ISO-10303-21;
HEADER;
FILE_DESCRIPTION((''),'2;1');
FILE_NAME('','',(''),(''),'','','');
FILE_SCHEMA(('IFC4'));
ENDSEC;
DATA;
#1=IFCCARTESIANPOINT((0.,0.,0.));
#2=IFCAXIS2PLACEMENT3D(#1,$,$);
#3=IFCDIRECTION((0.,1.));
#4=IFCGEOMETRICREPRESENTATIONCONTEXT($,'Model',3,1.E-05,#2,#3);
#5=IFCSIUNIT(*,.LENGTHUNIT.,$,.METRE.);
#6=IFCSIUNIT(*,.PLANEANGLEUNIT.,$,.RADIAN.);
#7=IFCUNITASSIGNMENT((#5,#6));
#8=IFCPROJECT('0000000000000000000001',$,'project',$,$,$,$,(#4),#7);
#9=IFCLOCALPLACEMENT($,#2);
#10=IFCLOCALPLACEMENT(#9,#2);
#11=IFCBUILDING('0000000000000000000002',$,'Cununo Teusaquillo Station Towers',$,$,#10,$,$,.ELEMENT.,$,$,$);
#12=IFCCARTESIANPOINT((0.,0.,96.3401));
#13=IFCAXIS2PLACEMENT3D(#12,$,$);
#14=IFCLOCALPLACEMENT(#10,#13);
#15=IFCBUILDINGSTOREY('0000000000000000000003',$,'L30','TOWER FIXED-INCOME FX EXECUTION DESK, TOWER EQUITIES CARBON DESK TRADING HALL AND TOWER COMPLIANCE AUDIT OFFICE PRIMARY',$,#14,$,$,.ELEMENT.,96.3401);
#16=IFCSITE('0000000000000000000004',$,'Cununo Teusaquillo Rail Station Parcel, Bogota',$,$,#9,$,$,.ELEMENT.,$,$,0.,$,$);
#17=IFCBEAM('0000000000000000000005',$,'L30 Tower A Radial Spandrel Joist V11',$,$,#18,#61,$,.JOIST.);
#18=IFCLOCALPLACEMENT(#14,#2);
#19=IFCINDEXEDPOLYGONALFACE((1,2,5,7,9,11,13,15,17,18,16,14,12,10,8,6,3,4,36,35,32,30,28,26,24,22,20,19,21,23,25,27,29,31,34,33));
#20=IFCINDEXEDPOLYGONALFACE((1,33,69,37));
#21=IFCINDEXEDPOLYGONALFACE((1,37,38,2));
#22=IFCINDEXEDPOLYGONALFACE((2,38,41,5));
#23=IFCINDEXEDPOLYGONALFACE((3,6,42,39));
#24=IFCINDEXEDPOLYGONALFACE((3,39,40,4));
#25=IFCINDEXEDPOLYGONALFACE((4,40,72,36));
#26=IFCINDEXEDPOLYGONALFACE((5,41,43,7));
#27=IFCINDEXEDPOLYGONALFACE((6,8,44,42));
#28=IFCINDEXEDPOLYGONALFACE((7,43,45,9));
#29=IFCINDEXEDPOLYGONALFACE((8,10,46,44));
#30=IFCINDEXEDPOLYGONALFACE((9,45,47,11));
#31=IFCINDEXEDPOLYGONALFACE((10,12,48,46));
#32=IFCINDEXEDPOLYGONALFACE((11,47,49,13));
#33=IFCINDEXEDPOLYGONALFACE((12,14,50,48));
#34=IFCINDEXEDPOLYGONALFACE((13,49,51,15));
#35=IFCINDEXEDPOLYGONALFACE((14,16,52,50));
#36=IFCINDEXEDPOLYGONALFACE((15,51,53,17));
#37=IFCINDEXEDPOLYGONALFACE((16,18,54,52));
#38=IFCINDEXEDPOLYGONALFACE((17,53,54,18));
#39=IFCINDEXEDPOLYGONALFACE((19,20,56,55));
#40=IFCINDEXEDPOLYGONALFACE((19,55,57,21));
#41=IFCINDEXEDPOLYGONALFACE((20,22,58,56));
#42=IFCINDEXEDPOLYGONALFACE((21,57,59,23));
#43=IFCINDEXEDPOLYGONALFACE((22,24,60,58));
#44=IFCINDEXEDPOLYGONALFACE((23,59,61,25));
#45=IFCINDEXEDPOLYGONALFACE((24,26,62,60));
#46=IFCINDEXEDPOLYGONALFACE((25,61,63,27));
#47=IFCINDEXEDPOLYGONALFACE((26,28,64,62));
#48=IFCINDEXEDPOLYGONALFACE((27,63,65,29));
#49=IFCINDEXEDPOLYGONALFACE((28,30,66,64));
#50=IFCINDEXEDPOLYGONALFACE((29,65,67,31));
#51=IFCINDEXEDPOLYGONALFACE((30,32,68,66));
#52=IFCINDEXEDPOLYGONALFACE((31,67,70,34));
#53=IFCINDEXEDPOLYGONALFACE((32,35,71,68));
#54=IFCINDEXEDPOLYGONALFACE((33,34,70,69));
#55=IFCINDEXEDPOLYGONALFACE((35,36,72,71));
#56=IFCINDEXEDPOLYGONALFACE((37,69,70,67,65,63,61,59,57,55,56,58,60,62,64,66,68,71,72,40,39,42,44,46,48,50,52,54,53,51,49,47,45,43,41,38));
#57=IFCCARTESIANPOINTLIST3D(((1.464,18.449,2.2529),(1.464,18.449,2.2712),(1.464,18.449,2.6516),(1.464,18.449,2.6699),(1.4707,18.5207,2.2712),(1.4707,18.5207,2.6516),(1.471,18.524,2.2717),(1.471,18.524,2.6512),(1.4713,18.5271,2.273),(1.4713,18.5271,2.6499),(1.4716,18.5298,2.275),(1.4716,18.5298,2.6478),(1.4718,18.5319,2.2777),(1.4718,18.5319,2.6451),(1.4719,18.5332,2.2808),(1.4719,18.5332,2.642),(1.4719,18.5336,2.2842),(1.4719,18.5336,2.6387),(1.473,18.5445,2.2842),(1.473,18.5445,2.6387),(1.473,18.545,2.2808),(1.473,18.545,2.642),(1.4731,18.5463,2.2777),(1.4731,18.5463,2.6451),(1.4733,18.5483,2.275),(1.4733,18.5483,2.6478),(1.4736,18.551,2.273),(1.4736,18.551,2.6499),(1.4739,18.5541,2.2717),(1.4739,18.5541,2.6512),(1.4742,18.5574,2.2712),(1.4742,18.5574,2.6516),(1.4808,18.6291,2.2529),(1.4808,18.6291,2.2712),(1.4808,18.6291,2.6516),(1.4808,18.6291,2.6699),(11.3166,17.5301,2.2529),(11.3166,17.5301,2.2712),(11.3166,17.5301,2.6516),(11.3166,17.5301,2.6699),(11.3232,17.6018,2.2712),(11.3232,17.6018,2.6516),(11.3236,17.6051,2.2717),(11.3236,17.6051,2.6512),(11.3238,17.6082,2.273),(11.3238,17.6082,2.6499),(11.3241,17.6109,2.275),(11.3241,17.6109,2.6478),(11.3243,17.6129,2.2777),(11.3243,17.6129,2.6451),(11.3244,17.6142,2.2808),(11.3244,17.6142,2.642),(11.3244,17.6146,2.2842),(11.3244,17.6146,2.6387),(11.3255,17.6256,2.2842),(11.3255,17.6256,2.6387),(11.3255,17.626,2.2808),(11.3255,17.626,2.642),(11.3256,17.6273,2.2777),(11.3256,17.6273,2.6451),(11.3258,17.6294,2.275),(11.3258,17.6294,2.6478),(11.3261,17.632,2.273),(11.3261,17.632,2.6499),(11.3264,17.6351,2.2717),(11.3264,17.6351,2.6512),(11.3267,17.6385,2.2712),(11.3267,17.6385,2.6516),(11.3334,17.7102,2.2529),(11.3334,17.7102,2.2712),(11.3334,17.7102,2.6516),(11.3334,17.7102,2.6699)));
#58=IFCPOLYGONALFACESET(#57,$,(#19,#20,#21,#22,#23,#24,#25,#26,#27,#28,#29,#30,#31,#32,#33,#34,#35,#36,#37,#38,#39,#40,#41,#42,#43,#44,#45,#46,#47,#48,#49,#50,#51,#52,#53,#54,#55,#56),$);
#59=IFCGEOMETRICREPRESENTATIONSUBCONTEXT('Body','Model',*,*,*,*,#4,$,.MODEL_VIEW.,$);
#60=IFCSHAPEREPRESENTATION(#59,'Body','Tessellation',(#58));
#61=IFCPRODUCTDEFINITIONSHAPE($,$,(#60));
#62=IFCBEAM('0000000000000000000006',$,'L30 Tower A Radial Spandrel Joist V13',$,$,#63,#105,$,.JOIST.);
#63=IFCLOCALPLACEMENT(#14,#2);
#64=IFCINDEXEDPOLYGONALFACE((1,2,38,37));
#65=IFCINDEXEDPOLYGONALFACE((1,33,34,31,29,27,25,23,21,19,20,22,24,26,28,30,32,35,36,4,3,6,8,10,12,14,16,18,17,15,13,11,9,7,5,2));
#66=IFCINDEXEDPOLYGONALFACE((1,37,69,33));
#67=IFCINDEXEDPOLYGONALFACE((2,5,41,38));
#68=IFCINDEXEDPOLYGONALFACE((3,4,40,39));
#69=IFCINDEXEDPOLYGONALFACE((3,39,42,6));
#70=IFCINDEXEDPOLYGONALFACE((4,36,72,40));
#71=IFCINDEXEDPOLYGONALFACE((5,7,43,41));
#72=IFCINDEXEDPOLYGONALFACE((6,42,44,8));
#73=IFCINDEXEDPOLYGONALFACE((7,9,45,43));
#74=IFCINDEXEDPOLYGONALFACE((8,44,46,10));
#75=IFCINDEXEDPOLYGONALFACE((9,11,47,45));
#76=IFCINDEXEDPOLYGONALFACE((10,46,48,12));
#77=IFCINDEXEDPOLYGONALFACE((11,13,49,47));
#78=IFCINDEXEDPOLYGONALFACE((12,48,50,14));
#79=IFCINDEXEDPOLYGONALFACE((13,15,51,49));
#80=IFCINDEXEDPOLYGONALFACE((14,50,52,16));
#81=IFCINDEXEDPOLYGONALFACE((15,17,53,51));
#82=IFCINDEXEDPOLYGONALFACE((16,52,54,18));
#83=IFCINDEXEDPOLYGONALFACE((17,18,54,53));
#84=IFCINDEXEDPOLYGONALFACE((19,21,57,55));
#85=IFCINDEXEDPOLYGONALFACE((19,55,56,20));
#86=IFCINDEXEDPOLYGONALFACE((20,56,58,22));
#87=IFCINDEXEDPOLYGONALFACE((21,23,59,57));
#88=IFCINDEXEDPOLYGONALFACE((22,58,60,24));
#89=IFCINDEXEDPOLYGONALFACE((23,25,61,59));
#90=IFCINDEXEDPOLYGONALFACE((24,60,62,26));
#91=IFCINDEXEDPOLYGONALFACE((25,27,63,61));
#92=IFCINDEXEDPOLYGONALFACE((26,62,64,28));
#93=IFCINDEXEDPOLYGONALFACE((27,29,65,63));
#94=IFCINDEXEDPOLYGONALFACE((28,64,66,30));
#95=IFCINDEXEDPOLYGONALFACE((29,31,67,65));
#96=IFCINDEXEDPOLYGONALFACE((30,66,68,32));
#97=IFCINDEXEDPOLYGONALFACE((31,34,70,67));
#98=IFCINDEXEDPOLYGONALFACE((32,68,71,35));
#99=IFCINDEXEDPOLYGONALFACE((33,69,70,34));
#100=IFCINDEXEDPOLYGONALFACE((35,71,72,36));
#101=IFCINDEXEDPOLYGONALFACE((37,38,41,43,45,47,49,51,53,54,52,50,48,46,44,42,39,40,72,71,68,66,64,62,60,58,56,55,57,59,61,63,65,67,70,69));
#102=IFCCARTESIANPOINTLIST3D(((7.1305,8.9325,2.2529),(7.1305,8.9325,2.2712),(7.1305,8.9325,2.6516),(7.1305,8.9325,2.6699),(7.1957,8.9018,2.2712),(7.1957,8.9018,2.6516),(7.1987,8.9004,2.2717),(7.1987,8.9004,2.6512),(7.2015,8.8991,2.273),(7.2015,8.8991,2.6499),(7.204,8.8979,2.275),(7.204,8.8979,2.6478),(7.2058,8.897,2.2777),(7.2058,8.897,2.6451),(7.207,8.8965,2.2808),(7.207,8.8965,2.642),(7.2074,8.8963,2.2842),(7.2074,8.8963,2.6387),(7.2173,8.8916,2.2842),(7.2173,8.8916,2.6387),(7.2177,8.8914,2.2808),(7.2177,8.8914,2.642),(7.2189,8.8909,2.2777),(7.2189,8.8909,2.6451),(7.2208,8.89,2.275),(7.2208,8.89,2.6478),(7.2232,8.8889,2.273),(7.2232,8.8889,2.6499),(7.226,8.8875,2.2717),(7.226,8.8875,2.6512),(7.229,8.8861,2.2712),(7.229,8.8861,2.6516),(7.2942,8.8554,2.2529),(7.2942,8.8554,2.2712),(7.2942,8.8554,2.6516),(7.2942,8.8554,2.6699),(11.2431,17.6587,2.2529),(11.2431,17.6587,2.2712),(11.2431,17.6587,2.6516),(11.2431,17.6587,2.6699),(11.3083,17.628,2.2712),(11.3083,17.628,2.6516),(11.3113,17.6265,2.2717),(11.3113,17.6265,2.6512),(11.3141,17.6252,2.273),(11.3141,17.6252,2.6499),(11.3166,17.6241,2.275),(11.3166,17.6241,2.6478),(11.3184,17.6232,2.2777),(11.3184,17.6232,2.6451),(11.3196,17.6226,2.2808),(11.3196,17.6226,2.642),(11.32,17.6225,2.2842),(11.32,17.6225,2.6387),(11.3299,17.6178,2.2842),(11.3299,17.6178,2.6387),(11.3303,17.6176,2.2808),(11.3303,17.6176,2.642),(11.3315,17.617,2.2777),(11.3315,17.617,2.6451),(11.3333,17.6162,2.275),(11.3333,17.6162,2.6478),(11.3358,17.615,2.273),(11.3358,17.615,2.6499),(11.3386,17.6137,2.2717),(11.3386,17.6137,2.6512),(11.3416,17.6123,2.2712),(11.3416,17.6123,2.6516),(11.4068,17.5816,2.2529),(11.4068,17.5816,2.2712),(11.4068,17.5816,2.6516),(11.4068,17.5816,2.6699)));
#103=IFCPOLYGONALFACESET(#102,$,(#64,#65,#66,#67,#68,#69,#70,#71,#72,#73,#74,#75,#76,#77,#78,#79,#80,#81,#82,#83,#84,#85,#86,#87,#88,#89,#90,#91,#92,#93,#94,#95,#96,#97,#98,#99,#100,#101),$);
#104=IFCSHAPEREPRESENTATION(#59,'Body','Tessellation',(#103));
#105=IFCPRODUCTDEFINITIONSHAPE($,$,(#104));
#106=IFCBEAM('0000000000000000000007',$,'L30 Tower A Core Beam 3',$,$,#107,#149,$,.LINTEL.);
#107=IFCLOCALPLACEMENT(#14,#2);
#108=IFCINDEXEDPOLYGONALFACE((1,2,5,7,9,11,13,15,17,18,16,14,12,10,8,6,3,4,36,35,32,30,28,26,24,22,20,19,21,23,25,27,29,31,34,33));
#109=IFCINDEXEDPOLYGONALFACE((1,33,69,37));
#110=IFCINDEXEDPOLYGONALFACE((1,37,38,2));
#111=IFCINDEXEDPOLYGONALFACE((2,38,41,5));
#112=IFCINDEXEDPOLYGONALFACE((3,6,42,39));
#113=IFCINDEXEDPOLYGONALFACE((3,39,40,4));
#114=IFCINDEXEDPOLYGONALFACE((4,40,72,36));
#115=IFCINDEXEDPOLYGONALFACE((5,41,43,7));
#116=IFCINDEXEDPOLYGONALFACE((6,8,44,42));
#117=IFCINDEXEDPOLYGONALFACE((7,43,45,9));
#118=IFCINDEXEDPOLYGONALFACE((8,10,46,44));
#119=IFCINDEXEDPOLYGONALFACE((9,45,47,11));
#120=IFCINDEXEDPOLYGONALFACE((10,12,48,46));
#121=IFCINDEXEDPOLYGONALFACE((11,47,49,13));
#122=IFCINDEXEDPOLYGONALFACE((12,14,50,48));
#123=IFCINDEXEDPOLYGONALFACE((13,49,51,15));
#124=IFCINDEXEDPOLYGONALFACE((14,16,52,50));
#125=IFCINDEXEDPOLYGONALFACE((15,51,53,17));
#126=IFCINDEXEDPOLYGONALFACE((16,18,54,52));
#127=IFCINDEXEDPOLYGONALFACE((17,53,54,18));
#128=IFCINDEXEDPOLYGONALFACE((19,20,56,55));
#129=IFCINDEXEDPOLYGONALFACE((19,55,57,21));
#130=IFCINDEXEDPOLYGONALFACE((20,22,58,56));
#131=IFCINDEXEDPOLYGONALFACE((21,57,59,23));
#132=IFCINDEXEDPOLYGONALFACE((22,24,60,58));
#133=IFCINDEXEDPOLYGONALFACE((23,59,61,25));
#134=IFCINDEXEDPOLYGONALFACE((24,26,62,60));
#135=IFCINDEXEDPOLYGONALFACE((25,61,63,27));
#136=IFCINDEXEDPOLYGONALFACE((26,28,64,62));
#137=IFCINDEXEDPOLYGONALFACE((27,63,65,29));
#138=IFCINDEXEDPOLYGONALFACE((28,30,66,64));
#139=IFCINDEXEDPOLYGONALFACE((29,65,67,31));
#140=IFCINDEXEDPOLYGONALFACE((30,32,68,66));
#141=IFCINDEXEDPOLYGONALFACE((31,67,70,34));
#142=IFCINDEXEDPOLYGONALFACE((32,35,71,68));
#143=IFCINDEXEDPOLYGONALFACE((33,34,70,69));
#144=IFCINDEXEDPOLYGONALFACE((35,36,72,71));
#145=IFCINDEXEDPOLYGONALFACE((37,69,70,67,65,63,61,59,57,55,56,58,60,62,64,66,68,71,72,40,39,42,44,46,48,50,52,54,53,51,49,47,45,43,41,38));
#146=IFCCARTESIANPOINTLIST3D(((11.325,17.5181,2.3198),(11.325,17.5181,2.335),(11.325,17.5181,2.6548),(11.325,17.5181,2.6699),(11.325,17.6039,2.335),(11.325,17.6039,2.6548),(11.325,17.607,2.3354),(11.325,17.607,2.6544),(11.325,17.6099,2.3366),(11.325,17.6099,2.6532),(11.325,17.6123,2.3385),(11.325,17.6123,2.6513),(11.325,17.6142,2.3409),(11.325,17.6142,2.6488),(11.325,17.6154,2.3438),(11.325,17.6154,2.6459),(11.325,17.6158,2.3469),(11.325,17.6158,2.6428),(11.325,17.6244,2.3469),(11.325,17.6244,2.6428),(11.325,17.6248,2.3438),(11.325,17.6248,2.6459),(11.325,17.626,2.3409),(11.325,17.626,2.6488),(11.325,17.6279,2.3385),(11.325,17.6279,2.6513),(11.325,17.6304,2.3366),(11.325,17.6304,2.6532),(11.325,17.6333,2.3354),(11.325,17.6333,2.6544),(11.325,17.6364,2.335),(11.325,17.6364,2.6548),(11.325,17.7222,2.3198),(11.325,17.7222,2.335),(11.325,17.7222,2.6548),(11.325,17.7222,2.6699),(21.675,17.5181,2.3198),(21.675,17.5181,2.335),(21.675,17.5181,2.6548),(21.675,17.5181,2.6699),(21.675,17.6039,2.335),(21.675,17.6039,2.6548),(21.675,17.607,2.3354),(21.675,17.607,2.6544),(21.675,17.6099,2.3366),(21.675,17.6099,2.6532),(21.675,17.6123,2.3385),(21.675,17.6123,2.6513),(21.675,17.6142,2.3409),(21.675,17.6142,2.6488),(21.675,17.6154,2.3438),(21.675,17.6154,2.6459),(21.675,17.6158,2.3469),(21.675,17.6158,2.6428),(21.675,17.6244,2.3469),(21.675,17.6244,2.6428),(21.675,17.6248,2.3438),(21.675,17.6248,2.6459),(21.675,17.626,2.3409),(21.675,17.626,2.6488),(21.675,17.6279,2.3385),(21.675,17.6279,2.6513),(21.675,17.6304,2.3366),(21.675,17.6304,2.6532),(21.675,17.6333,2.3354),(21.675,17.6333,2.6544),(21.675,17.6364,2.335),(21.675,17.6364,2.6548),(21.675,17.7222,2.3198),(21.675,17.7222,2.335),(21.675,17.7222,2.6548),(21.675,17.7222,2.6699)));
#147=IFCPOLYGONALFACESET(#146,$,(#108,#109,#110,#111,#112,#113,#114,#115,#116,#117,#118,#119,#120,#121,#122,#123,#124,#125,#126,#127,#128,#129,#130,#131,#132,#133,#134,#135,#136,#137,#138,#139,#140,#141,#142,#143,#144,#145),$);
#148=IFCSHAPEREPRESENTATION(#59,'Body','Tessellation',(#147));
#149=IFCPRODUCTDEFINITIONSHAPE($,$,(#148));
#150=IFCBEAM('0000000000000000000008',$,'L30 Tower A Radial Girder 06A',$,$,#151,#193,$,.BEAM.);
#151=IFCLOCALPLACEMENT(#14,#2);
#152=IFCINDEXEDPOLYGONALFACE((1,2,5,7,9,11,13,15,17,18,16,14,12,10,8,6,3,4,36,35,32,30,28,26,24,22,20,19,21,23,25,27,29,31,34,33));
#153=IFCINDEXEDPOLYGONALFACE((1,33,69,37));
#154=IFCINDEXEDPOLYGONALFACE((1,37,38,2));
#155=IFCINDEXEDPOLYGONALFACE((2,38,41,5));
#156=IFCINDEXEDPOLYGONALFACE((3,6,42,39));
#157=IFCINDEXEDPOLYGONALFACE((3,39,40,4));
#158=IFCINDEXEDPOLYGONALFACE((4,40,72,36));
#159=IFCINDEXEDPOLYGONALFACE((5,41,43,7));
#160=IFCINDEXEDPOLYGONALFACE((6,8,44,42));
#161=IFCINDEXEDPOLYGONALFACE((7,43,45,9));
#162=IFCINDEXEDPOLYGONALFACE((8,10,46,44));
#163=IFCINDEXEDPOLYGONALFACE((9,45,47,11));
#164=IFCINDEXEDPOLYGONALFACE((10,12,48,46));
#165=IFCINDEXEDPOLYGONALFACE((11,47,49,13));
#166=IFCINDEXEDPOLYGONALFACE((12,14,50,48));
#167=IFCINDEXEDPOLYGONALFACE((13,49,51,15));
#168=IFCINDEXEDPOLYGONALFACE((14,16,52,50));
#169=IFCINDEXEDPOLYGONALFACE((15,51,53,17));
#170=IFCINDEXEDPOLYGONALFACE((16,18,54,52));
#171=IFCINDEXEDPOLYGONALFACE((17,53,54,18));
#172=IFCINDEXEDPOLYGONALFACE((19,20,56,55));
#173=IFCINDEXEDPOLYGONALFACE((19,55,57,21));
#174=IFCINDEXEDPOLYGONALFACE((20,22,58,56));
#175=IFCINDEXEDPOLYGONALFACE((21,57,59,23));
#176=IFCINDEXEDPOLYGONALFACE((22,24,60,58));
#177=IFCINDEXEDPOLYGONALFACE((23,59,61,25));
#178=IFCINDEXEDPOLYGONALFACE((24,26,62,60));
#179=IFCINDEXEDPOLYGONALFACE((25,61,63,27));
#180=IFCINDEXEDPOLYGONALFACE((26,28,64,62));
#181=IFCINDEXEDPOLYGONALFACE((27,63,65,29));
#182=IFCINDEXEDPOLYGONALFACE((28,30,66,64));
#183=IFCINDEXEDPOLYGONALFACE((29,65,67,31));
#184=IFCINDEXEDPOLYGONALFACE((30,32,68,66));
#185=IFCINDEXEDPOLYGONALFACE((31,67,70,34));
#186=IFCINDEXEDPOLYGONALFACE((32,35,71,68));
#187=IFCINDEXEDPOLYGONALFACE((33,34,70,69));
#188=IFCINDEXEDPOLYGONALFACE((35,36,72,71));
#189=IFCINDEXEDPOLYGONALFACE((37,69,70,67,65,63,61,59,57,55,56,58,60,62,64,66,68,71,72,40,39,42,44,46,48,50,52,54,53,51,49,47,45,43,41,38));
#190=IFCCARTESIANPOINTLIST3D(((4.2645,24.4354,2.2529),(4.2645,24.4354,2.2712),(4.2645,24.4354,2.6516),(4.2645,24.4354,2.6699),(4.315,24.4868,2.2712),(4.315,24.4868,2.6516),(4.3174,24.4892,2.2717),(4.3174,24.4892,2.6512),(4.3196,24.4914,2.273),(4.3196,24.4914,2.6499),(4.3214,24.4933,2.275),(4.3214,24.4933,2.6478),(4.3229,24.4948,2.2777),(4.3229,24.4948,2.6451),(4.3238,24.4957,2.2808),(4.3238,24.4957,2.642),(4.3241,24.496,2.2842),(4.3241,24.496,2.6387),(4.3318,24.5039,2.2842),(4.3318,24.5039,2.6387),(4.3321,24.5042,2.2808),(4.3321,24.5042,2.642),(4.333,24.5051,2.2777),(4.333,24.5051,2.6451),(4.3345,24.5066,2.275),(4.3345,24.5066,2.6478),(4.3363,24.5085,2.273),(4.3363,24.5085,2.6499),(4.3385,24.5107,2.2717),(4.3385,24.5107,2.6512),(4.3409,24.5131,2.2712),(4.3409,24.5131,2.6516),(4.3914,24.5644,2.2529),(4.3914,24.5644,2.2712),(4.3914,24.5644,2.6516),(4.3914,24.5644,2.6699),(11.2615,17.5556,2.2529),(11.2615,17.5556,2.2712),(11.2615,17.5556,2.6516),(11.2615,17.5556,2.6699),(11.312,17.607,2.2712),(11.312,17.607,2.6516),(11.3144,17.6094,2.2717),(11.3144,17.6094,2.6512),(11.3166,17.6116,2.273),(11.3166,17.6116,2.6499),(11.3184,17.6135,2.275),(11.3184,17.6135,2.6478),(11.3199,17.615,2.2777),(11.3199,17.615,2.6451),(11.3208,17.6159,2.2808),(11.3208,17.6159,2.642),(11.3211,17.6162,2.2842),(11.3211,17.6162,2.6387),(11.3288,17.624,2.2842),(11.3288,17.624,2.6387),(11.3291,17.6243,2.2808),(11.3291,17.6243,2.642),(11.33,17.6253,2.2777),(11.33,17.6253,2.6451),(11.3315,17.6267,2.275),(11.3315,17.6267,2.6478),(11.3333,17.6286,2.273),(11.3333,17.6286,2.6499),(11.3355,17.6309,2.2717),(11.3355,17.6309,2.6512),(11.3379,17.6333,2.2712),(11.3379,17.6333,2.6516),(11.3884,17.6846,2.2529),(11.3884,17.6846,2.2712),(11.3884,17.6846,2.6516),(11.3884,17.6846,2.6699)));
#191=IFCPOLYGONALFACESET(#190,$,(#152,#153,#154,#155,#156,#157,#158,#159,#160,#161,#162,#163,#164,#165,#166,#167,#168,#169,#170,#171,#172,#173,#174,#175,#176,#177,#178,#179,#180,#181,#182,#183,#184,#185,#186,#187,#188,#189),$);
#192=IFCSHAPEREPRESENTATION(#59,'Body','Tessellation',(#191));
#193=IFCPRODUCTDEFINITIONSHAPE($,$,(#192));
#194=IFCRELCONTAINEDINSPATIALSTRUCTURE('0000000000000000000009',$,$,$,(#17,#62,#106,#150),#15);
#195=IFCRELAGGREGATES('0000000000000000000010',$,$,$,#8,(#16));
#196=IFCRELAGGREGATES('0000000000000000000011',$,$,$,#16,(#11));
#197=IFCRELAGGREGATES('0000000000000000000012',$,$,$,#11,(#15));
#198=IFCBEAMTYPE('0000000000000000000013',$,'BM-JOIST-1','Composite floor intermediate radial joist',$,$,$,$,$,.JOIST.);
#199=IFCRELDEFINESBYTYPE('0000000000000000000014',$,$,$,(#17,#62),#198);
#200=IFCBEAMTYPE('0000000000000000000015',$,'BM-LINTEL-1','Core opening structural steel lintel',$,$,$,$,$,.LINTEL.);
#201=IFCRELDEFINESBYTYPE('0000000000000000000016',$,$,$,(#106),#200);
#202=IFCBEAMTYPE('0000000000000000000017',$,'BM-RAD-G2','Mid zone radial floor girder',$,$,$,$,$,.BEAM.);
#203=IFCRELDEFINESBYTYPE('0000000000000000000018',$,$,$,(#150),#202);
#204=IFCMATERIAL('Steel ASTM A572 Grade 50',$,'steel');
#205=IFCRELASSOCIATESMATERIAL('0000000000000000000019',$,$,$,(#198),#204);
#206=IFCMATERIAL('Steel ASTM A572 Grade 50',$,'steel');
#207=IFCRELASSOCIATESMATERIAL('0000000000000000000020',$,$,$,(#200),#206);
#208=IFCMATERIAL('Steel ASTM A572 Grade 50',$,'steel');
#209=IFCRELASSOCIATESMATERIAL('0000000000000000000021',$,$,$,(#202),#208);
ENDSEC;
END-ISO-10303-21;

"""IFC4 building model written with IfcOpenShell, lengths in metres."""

from ifc_helpers import new_model, si_unit, direction, frame, origin, origin_2d, place, context, subcontext, project, spatial, i_section, extrude, material, material_profile, profile_set, type_object, element, save


model = new_model("IFC4")

# Units and contexts
model_context = context("Model", 3, precision=1e-05, world=origin(), true_north=direction((0.0, 1.0)))
body_context = subcontext(model_context, "Body", "Model", "MODEL_VIEW")
ifc_project = project(units=[si_unit("LENGTHUNIT", "METRE"), si_unit("PLANEANGLEUNIT", "RADIAN")], contexts=[model_context])

# Site, building, storey
site_placement = place(None, origin())
site = spatial("IfcSite", under=ifc_project, at=site_placement, Name="Cununo Teusaquillo Rail Station Parcel, Bogota", CompositionType="ELEMENT", RefElevation=0.0)
building_placement = place(site_placement, origin())
building = spatial("IfcBuilding", under=site, at=building_placement, Name="Cununo Teusaquillo Station Towers", CompositionType="ELEMENT")
storey_placement = place(building_placement, frame((0.0, 0.0, 96.3401)))
storey = spatial("IfcBuildingStorey", under=building, at=storey_placement, Name="L30", Description="TOWER FIXED-INCOME FX EXECUTION DESK, TOWER EQUITIES CARBON DESK TRADING HALL AND TOWER COMPLIANCE AUDIT OFFICE PRIMARY", CompositionType="ELEMENT", Elevation=96.3401)

# Beams
ifc_material_1 = material(Name="Steel ASTM A572 Grade 50", Category="steel")
ifc_material_profile_1 = material_profile(ifc_material_1, i_section(OverallWidth=0.1809, OverallDepth=0.417, WebThickness=0.011, FlangeThickness=0.0183, FilletRadius=0.0129, at=origin_2d()), Name="W16X57")
ifc_profile_set_1 = profile_set([ifc_material_profile_1], Name="Steel ASTM A572 Grade 50")
beam_type_1 = type_object("IfcBeamType", Name="BM-JOIST-1", Description="Composite floor intermediate radial joist", PredefinedType="JOIST", material=ifc_profile_set_1)
beam_1_placement = place(storey_placement, frame((11.325, 17.6201, 2.4614), z_axis=(-0.995679, 0.092867, 0.0), x_axis=(-0.092867, -0.995679, 0.0)))
element("IfcBeam", 1, at=beam_1_placement, inside=storey, type_object=beam_type_1, Name="L30 Tower A Radial Spandrel Joist V11", PredefinedType="JOIST", context=body_context, shape_type="SweptSolid", body=[
    extrude(i_section(OverallWidth=0.1809, OverallDepth=0.417, WebThickness=0.011, FlangeThickness=0.0183, FilletRadius=0.0129, at=origin_2d()), origin(), (0.0, 0.0, 1.0), 9.8953),
])
beam_2_placement = place(storey_placement, frame((11.325, 17.6201, 2.4614), z_axis=(-0.42632, -0.904572, 0.0), x_axis=(0.904572, -0.42632, 0.0)))
element("IfcBeam", 2, at=beam_2_placement, inside=storey, type_object=beam_type_1, Name="L30 Tower A Radial Spandrel Joist V13", PredefinedType="JOIST", context=body_context, shape_type="SweptSolid", body=[
    extrude(i_section(OverallWidth=0.1809, OverallDepth=0.417, WebThickness=0.011, FlangeThickness=0.0183, FilletRadius=0.0129, at=origin_2d()), origin(), (0.0, 0.0, 1.0), 9.6467),
])
ifc_material_2 = material(Name="Steel ASTM A572 Grade 50", Category="steel")
ifc_material_profile_2 = material_profile(ifc_material_2, i_section(OverallWidth=0.2041, OverallDepth=0.3501, WebThickness=0.0085, FlangeThickness=0.0151, FilletRadius=0.012, at=origin_2d()), Name="W14X48")
ifc_profile_set_2 = profile_set([ifc_material_profile_2], Name="Steel ASTM A572 Grade 50")
beam_type_2 = type_object("IfcBeamType", Name="BM-LINTEL-1", Description="Core opening structural steel lintel", PredefinedType="LINTEL", material=ifc_profile_set_2)
beam_3_placement = place(storey_placement, frame((11.325, 17.6201, 2.4949), z_axis=(1.0, 0.0, 0.0), x_axis=(0.0, 1.0, 0.0)))
element("IfcBeam", 3, at=beam_3_placement, inside=storey, type_object=beam_type_2, Name="L30 Tower A Core Beam 3", PredefinedType="LINTEL", context=body_context, shape_type="SweptSolid", body=[
    extrude(i_section(OverallWidth=0.2041, OverallDepth=0.3501, WebThickness=0.0085, FlangeThickness=0.0151, FilletRadius=0.012, at=origin_2d()), origin(), (0.0, 0.0, 1.0), 10.3501),
])
ifc_material_3 = material(Name="Steel ASTM A572 Grade 50", Category="steel")
ifc_material_profile_3 = material_profile(ifc_material_3, i_section(OverallWidth=0.1809, OverallDepth=0.417, WebThickness=0.011, FlangeThickness=0.0183, FilletRadius=0.0129, at=origin_2d()), Name="W16X57")
ifc_profile_set_3 = profile_set([ifc_material_profile_3], Name="Steel ASTM A572 Grade 50")
beam_type_3 = type_object("IfcBeamType", Name="BM-RAD-G2", Description="Mid zone radial floor girder", PredefinedType="BEAM", material=ifc_profile_set_3)
beam_4_placement = place(storey_placement, frame((11.325, 17.6201, 2.4614), z_axis=(-0.713053, 0.70111, 0.0), x_axis=(-0.70111, -0.713053, 0.0)))
element("IfcBeam", 4, at=beam_4_placement, inside=storey, type_object=beam_type_3, Name="L30 Tower A Radial Girder 06A", PredefinedType="BEAM", context=body_context, shape_type="SweptSolid", body=[
    extrude(i_section(OverallWidth=0.1809, OverallDepth=0.417, WebThickness=0.011, FlangeThickness=0.0183, FilletRadius=0.0129, at=origin_2d()), origin(), (0.0, 0.0, 1.0), 9.8127),
])

save(model, "model.ifc")
